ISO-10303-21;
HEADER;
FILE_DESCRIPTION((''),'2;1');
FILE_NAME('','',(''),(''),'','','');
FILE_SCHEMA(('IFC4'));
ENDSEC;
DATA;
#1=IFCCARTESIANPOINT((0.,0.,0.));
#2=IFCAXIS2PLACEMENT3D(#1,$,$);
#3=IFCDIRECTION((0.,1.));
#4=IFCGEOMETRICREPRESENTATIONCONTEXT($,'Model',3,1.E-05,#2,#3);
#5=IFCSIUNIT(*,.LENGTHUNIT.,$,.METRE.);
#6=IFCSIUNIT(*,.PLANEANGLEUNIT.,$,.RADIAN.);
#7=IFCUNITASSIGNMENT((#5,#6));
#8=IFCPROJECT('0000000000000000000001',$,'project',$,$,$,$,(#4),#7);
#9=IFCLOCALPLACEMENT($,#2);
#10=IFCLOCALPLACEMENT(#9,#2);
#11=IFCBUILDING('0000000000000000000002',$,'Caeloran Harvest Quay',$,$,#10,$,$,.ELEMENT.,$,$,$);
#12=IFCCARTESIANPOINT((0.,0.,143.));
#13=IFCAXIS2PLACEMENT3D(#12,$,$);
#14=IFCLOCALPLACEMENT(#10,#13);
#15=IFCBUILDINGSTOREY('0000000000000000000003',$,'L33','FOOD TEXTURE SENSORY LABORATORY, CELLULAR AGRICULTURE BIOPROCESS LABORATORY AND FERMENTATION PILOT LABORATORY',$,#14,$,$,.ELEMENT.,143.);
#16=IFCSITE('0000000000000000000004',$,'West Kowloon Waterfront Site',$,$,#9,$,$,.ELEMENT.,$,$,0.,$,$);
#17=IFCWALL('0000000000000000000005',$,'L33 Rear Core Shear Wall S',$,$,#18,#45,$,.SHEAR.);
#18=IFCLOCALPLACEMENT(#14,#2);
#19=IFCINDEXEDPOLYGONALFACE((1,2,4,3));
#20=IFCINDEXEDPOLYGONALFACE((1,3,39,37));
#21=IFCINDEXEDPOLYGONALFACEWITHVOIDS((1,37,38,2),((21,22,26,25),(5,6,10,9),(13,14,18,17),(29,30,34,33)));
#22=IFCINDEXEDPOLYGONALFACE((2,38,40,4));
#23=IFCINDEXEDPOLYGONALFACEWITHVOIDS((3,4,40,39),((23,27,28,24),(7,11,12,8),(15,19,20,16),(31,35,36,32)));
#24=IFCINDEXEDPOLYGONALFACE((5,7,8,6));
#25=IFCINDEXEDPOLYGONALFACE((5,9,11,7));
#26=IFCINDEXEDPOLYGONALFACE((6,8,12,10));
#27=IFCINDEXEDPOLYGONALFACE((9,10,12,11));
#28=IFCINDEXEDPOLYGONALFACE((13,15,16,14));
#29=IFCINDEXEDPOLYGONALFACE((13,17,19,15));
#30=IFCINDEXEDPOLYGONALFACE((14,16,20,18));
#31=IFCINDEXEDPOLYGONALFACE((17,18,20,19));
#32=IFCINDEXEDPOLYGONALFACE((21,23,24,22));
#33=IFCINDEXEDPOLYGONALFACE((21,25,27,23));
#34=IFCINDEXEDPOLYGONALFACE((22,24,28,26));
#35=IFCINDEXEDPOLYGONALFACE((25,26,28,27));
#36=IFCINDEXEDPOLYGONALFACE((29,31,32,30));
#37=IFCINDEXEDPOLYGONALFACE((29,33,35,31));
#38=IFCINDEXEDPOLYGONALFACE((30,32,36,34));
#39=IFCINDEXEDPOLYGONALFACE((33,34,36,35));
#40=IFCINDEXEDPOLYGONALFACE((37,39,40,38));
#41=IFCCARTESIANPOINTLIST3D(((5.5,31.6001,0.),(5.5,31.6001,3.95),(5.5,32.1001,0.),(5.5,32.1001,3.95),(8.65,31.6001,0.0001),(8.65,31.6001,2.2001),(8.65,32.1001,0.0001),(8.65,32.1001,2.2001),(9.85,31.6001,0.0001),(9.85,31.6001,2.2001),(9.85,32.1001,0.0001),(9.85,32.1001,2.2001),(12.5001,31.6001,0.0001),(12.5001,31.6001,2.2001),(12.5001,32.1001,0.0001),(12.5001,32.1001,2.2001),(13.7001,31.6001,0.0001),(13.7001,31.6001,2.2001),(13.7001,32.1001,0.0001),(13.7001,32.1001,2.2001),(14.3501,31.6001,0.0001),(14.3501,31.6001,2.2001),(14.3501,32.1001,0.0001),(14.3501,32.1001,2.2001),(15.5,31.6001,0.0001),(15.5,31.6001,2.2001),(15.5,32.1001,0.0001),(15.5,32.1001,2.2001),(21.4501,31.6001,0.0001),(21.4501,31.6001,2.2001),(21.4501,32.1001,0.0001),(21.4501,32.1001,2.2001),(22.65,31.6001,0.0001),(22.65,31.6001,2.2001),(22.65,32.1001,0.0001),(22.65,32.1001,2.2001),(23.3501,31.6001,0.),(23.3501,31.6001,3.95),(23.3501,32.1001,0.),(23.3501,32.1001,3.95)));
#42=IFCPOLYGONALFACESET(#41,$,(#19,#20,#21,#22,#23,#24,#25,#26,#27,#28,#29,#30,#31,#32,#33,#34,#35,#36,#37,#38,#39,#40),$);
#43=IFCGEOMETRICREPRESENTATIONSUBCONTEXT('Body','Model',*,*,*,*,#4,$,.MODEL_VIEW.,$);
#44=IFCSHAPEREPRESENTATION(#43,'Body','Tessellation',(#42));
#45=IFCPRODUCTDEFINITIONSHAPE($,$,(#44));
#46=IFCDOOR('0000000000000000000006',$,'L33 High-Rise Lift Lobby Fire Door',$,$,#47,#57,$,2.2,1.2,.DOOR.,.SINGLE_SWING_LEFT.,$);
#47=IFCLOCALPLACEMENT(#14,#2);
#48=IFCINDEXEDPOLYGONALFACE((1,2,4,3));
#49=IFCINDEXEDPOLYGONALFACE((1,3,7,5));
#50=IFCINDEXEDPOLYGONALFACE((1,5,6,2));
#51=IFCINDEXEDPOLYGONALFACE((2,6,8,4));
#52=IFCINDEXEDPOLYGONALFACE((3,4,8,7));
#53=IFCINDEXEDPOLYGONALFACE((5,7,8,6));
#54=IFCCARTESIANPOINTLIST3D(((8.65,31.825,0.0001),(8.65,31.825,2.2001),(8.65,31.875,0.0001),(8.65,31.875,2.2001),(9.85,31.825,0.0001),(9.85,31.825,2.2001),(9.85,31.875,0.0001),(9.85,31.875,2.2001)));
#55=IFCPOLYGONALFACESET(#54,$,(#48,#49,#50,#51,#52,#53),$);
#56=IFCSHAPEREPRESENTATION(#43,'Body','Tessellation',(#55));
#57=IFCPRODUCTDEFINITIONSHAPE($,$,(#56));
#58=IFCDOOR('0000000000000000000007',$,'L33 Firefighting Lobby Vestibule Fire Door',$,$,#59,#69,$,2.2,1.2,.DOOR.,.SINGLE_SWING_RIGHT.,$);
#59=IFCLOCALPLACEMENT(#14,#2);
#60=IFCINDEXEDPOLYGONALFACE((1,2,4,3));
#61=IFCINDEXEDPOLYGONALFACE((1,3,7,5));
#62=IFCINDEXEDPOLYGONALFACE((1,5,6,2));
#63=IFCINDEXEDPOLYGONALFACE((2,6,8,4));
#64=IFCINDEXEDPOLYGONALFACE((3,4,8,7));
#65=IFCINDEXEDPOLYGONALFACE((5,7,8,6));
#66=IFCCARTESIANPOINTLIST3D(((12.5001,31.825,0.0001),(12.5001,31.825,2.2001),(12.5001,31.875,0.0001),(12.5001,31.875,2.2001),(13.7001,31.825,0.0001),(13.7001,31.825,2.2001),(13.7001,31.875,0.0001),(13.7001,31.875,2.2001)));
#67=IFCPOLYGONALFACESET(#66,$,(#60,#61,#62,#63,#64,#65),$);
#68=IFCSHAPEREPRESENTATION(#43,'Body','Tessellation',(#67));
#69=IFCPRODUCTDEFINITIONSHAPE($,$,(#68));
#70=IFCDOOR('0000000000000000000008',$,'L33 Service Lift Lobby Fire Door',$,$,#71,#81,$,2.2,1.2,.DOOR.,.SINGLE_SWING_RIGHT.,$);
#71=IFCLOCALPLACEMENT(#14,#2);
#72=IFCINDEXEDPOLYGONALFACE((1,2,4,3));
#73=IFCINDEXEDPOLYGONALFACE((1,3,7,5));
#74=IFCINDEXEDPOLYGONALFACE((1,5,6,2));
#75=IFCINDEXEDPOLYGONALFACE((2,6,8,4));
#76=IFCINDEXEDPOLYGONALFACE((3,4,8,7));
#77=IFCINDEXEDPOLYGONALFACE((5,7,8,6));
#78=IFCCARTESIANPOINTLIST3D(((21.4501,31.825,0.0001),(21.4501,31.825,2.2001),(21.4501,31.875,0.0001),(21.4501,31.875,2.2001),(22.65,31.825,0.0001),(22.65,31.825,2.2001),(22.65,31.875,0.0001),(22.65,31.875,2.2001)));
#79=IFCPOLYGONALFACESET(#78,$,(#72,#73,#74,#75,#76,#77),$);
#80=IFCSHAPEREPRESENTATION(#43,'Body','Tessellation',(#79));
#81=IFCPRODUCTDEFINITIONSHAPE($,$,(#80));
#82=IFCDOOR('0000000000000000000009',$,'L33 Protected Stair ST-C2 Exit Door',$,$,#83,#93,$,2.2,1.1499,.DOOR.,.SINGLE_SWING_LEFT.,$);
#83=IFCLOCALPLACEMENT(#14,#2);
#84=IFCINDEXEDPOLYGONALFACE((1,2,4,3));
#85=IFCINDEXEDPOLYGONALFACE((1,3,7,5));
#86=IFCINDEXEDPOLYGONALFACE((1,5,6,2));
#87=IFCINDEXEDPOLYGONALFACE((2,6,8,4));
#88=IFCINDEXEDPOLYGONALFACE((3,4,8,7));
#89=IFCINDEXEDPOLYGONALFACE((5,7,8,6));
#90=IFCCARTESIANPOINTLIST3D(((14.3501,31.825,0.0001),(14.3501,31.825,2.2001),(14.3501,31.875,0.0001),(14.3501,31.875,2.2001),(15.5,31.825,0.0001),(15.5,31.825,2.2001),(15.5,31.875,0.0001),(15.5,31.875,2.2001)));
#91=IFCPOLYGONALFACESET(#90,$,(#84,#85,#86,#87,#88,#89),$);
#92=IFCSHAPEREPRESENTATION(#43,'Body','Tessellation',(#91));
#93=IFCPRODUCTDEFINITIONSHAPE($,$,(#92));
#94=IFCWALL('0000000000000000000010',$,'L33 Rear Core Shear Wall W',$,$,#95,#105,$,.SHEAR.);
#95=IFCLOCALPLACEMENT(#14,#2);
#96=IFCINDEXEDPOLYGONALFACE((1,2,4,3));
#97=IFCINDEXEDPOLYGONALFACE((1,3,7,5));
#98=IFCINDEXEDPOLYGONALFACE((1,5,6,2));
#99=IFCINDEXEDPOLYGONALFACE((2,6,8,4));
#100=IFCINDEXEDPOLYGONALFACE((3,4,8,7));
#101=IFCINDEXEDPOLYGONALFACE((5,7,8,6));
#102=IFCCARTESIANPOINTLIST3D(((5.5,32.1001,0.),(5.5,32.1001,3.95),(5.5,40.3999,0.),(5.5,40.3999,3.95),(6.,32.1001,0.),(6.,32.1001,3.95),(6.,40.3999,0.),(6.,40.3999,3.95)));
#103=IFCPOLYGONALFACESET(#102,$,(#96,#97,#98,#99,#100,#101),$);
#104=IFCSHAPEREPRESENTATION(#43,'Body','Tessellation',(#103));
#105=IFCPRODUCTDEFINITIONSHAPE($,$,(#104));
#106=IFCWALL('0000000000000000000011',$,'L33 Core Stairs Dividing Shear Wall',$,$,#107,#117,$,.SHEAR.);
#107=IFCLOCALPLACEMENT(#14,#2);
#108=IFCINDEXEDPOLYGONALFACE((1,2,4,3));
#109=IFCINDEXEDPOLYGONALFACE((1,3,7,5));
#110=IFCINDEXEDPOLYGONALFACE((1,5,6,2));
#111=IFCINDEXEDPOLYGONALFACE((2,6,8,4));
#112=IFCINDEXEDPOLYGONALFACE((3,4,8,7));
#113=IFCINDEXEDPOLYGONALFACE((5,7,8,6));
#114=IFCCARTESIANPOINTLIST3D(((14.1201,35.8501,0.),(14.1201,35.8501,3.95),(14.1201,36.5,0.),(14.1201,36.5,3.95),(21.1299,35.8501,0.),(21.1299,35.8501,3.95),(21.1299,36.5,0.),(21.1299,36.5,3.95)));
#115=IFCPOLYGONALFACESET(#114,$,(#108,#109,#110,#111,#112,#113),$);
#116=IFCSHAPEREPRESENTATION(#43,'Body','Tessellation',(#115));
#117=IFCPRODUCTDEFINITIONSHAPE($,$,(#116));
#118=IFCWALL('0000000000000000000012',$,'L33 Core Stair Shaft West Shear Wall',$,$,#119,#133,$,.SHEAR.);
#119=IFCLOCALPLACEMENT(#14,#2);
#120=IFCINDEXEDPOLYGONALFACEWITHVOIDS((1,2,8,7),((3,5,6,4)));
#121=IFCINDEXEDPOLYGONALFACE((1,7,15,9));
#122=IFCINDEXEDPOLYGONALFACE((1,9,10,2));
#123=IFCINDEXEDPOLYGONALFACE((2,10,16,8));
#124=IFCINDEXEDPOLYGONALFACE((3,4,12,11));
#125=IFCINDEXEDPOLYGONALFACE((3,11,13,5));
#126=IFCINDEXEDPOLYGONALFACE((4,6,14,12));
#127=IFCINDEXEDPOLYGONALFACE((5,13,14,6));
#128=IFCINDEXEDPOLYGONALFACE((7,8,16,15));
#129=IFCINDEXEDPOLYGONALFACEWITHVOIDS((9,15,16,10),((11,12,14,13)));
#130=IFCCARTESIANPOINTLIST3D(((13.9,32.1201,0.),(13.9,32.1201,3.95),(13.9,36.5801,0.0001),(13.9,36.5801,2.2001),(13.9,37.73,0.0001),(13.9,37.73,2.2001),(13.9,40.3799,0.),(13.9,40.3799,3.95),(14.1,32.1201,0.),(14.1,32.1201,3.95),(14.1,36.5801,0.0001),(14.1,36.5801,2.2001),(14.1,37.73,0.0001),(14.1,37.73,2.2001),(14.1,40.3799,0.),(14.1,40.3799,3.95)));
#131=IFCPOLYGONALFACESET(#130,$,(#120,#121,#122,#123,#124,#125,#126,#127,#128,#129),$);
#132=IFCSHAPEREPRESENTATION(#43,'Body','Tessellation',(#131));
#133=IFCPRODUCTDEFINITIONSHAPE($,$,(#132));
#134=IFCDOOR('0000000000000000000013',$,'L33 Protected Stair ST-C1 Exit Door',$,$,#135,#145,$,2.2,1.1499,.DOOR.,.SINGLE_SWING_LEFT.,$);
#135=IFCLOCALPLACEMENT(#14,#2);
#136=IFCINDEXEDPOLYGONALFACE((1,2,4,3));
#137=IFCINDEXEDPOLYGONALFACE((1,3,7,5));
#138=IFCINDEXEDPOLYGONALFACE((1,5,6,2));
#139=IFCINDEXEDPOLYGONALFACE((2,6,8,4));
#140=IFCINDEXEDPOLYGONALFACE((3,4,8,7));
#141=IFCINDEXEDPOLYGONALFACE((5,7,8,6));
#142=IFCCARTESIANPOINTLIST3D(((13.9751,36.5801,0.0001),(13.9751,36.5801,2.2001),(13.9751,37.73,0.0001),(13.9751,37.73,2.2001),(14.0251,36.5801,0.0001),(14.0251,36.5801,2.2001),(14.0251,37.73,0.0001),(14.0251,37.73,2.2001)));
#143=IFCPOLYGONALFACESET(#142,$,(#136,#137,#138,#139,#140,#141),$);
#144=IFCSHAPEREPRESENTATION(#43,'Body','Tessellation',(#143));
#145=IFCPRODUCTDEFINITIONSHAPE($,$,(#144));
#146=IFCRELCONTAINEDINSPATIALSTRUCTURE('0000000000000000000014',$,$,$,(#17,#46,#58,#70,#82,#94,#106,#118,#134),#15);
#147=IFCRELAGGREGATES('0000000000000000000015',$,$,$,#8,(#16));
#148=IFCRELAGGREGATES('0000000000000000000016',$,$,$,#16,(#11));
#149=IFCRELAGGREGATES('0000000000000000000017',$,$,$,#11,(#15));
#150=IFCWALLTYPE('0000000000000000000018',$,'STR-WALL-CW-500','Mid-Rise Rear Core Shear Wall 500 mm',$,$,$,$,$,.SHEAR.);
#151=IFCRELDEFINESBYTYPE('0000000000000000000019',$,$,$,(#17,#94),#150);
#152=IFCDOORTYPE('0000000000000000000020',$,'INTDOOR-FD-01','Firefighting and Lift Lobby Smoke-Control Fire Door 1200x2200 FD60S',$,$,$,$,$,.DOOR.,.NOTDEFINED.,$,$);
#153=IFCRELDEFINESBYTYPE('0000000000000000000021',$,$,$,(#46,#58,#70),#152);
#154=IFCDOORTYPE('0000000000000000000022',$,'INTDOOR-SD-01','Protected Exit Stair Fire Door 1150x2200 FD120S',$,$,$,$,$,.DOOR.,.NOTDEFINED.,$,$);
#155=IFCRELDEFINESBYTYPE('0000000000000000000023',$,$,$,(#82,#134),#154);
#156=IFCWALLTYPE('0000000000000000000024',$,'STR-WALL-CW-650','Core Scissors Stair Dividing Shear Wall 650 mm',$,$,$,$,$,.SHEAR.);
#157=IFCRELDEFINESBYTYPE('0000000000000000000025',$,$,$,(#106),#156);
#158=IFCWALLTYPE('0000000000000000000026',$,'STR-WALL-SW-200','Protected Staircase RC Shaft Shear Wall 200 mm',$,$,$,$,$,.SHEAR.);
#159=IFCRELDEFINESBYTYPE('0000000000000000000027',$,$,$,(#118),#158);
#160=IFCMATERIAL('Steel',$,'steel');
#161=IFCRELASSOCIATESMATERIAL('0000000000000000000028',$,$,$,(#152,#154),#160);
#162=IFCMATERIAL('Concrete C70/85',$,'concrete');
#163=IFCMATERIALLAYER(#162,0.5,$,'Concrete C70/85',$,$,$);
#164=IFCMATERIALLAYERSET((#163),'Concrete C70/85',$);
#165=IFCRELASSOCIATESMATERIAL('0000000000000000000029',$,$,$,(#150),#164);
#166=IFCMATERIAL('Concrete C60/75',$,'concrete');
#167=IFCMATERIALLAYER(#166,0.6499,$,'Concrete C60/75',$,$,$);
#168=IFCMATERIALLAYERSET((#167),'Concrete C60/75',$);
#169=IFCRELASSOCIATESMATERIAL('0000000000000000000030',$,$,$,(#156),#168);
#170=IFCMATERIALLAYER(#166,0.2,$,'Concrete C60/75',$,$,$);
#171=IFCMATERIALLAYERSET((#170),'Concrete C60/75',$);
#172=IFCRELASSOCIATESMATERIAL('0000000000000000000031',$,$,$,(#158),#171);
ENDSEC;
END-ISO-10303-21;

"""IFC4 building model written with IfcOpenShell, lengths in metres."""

from ifc_helpers import new_model, si_unit, direction, frame, frame_2d, origin, place, context, subcontext, project, spatial, rectangle, extrude, material, layer, layer_set, type_object, element, fill, save


model = new_model("IFC4")

# Units and contexts
model_context = context("Model", 3, precision=1e-05, world=origin(), true_north=direction((0.0, 1.0)))
body_context = subcontext(model_context, "Body", "Model", "MODEL_VIEW")
ifc_project = project(units=[si_unit("LENGTHUNIT", "METRE"), si_unit("PLANEANGLEUNIT", "RADIAN")], contexts=[model_context])

# Site, building, storey
site_placement = place(None, origin())
site = spatial("IfcSite", under=ifc_project, at=site_placement, Name="West Kowloon Waterfront Site", CompositionType="ELEMENT", RefElevation=0.0)
building_placement = place(site_placement, origin())
building = spatial("IfcBuilding", under=site, at=building_placement, Name="Caeloran Harvest Quay", CompositionType="ELEMENT")
storey_placement = place(building_placement, frame((0.0, 0.0, 143.0)))
storey = spatial("IfcBuildingStorey", under=building, at=storey_placement, Name="L33", Description="FOOD TEXTURE SENSORY LABORATORY, CELLULAR AGRICULTURE BIOPROCESS LABORATORY AND FERMENTATION PILOT LABORATORY", CompositionType="ELEMENT", Elevation=143.0)

# Shared definitions
ifc_material_1 = material(Name="Concrete C60/75", Category="concrete")

# Shared definitions
ifc_material_2 = material(Name="Steel", Category="steel")
door_type_1 = type_object("IfcDoorType", Name="INTDOOR-FD-01", Description="Firefighting and Lift Lobby Smoke-Control Fire Door 1200x2200 FD60S", OperationType="NOTDEFINED", PredefinedType="DOOR", material=ifc_material_2)

# Wall, openings, doors
ifc_material_3 = material(Name="Concrete C70/85", Category="concrete")
ifc_layer_1 = layer(ifc_material_3, 0.5, Name="Concrete C70/85")
ifc_layer_set_1 = layer_set([ifc_layer_1], Name="Concrete C70/85")
wall_type_1 = type_object("IfcWallType", Name="STR-WALL-CW-500", Description="Mid-Rise Rear Core Shear Wall 500 mm", PredefinedType="SHEAR", material=ifc_layer_set_1)
wall_1_placement = place(storey_placement, frame((5.5, 31.8501, 0.0), z_axis=(0.0, 0.0, 1.0), x_axis=(1.0, 0.0, 0.0)))
wall_1 = element("IfcWall", 1, at=wall_1_placement, inside=storey, type_object=wall_type_1, Name="L33 Rear Core Shear Wall S", PredefinedType="SHEAR", context=body_context, shape_type="SweptSolid", body=[
    extrude(rectangle(XDim=17.8501, YDim=0.5, at=frame_2d((8.925, 0.0))), origin(), (0.0, 0.0, 1.0), 3.95),
])
opening_1_placement = place(wall_1_placement, frame((3.1499, 0.0, 0.0)))
opening_1 = element("IfcOpeningElement", 2, at=opening_1_placement, cuts=wall_1, PredefinedType="OPENING", context=body_context, shape_type="SweptSolid", body=[
    extrude(rectangle(XDim=1.2, YDim=2.2, at=frame_2d((0.6001, 1.1001))), frame((0.0, 0.26, 0.0), z_axis=(0.0, -1.0, 0.0), x_axis=(1.0, 0.0, 0.0)), (0.0, 0.0, 1.0), 0.52),
])
opening_2_placement = place(wall_1_placement, frame((7.0, 0.0, 0.0)))
opening_2 = element("IfcOpeningElement", 3, at=opening_2_placement, cuts=wall_1, PredefinedType="OPENING", context=body_context, shape_type="SweptSolid", body=[
    extrude(rectangle(XDim=1.2, YDim=2.2, at=frame_2d((0.6001, 1.1001))), frame((0.0, 0.26, 0.0), z_axis=(0.0, -1.0, 0.0), x_axis=(1.0, 0.0, 0.0)), (0.0, 0.0, 1.0), 0.52),
])
opening_3_placement = place(wall_1_placement, frame((8.8501, 0.0, 0.0)))
opening_3 = element("IfcOpeningElement", 4, at=opening_3_placement, cuts=wall_1, PredefinedType="OPENING", context=body_context, shape_type="SweptSolid", body=[
    extrude(rectangle(XDim=1.1499, YDim=2.2, at=frame_2d((0.575, 1.1001))), frame((0.0, 0.26, 0.0), z_axis=(0.0, -1.0, 0.0), x_axis=(1.0, 0.0, 0.0)), (0.0, 0.0, 1.0), 0.52),
])
opening_4_placement = place(wall_1_placement, frame((15.95, 0.0, 0.0)))
opening_4 = element("IfcOpeningElement", 5, at=opening_4_placement, cuts=wall_1, PredefinedType="OPENING", context=body_context, shape_type="SweptSolid", body=[
    extrude(rectangle(XDim=1.2, YDim=2.2, at=frame_2d((0.6001, 1.1001))), frame((0.0, 0.26, 0.0), z_axis=(0.0, -1.0, 0.0), x_axis=(1.0, 0.0, 0.0)), (0.0, 0.0, 1.0), 0.52),
])
door_1_placement = place(opening_1_placement, origin())
door_1 = element("IfcDoor", 6, at=door_1_placement, inside=storey, type_object=door_type_1, Name="L33 High-Rise Lift Lobby Fire Door", OperationType="SINGLE_SWING_LEFT", OverallHeight=2.2, OverallWidth=1.2, PredefinedType="DOOR", context=body_context, shape_type="SweptSolid", body=[
    extrude(rectangle(XDim=1.2, YDim=2.2, at=frame_2d((0.6001, 1.1001))), frame((0.0, 0.0249, 0.0), z_axis=(0.0, -1.0, 0.0), x_axis=(1.0, 0.0, 0.0)), (0.0, 0.0, 1.0), 0.05),
])
fill(opening_1, door_1)
door_2_placement = place(opening_2_placement, origin())
door_2 = element("IfcDoor", 7, at=door_2_placement, inside=storey, type_object=door_type_1, Name="L33 Firefighting Lobby Vestibule Fire Door", OperationType="SINGLE_SWING_RIGHT", OverallHeight=2.2, OverallWidth=1.2, PredefinedType="DOOR", context=body_context, shape_type="SweptSolid", body=[
    extrude(rectangle(XDim=1.2, YDim=2.2, at=frame_2d((0.6001, 1.1001))), frame((0.0, 0.0249, 0.0), z_axis=(0.0, -1.0, 0.0), x_axis=(1.0, 0.0, 0.0)), (0.0, 0.0, 1.0), 0.05),
])
fill(opening_2, door_2)
door_3_placement = place(opening_4_placement, origin())
door_3 = element("IfcDoor", 8, at=door_3_placement, inside=storey, type_object=door_type_1, Name="L33 Service Lift Lobby Fire Door", OperationType="SINGLE_SWING_RIGHT", OverallHeight=2.2, OverallWidth=1.2, PredefinedType="DOOR", context=body_context, shape_type="SweptSolid", body=[
    extrude(rectangle(XDim=1.2, YDim=2.2, at=frame_2d((0.6001, 1.1001))), frame((0.0, 0.0249, 0.0), z_axis=(0.0, -1.0, 0.0), x_axis=(1.0, 0.0, 0.0)), (0.0, 0.0, 1.0), 0.05),
])
fill(opening_4, door_3)
door_type_2 = type_object("IfcDoorType", Name="INTDOOR-SD-01", Description="Protected Exit Stair Fire Door 1150x2200 FD120S", OperationType="NOTDEFINED", PredefinedType="DOOR", material=ifc_material_2)
door_4_placement = place(opening_3_placement, origin())
door_4 = element("IfcDoor", 9, at=door_4_placement, inside=storey, type_object=door_type_2, Name="L33 Protected Stair ST-C2 Exit Door", OperationType="SINGLE_SWING_LEFT", OverallHeight=2.2, OverallWidth=1.1499, PredefinedType="DOOR", context=body_context, shape_type="SweptSolid", body=[
    extrude(rectangle(XDim=1.1499, YDim=2.2, at=frame_2d((0.575, 1.1001))), frame((0.0, 0.0249, 0.0), z_axis=(0.0, -1.0, 0.0), x_axis=(1.0, 0.0, 0.0)), (0.0, 0.0, 1.0), 0.05),
])
fill(opening_3, door_4)

# Walls
wall_2_placement = place(storey_placement, frame((5.75, 32.1001, 0.0), z_axis=(0.0, 0.0, 1.0), x_axis=(0.0, 1.0, 0.0)))
element("IfcWall", 10, at=wall_2_placement, inside=storey, type_object=wall_type_1, Name="L33 Rear Core Shear Wall W", PredefinedType="SHEAR", context=body_context, shape_type="SweptSolid", body=[
    extrude(rectangle(XDim=8.2998, YDim=0.5, at=frame_2d((4.1499, 0.0))), origin(), (0.0, 0.0, 1.0), 3.95),
])
ifc_layer_2 = layer(ifc_material_1, 0.6499, Name="Concrete C60/75")
ifc_layer_set_2 = layer_set([ifc_layer_2], Name="Concrete C60/75")
wall_type_2 = type_object("IfcWallType", Name="STR-WALL-CW-650", Description="Core Scissors Stair Dividing Shear Wall 650 mm", PredefinedType="SHEAR", material=ifc_layer_set_2)
wall_3_placement = place(storey_placement, frame((14.1201, 36.175, 0.0), z_axis=(0.0, 0.0, 1.0), x_axis=(1.0, 0.0, 0.0)))
element("IfcWall", 11, at=wall_3_placement, inside=storey, type_object=wall_type_2, Name="L33 Core Stairs Dividing Shear Wall", PredefinedType="SHEAR", context=body_context, shape_type="SweptSolid", body=[
    extrude(rectangle(XDim=7.0098, YDim=0.6499, at=frame_2d((3.5049, 0.0))), origin(), (0.0, 0.0, 1.0), 3.95),
])

# Wall, opening, door
ifc_layer_3 = layer(ifc_material_1, 0.2, Name="Concrete C60/75")
ifc_layer_set_3 = layer_set([ifc_layer_3], Name="Concrete C60/75")
wall_type_3 = type_object("IfcWallType", Name="STR-WALL-SW-200", Description="Protected Staircase RC Shaft Shear Wall 200 mm", PredefinedType="SHEAR", material=ifc_layer_set_3)
wall_4_placement = place(storey_placement, frame((14.0, 32.1201, 0.0), z_axis=(0.0, 0.0, 1.0), x_axis=(0.0, 1.0, 0.0)))
wall_4 = element("IfcWall", 12, at=wall_4_placement, inside=storey, type_object=wall_type_3, Name="L33 Core Stair Shaft West Shear Wall", PredefinedType="SHEAR", context=body_context, shape_type="SweptSolid", body=[
    extrude(rectangle(XDim=8.2598, YDim=0.2, at=frame_2d((4.1299, 0.0))), origin(), (0.0, 0.0, 1.0), 3.95),
])
opening_5_placement = place(wall_4_placement, frame((4.46, 0.0, 0.0)))
opening_5 = element("IfcOpeningElement", 13, at=opening_5_placement, cuts=wall_4, PredefinedType="OPENING", context=body_context, shape_type="SweptSolid", body=[
    extrude(rectangle(XDim=1.1499, YDim=2.2, at=frame_2d((0.575, 1.1001))), frame((0.0, 0.1099, 0.0), z_axis=(0.0, -1.0, 0.0), x_axis=(1.0, 0.0, 0.0)), (0.0, 0.0, 1.0), 0.22),
])
door_5_placement = place(opening_5_placement, origin())
door_5 = element("IfcDoor", 14, at=door_5_placement, inside=storey, type_object=door_type_2, Name="L33 Protected Stair ST-C1 Exit Door", OperationType="SINGLE_SWING_LEFT", OverallHeight=2.2, OverallWidth=1.1499, PredefinedType="DOOR", context=body_context, shape_type="SweptSolid", body=[
    extrude(rectangle(XDim=1.1499, YDim=2.2, at=frame_2d((0.575, 1.1001))), frame((0.0, 0.0249, 0.0), z_axis=(0.0, -1.0, 0.0), x_axis=(1.0, 0.0, 0.0)), (0.0, 0.0, 1.0), 0.05),
])
fill(opening_5, door_5)

save(model, "model.ifc")
